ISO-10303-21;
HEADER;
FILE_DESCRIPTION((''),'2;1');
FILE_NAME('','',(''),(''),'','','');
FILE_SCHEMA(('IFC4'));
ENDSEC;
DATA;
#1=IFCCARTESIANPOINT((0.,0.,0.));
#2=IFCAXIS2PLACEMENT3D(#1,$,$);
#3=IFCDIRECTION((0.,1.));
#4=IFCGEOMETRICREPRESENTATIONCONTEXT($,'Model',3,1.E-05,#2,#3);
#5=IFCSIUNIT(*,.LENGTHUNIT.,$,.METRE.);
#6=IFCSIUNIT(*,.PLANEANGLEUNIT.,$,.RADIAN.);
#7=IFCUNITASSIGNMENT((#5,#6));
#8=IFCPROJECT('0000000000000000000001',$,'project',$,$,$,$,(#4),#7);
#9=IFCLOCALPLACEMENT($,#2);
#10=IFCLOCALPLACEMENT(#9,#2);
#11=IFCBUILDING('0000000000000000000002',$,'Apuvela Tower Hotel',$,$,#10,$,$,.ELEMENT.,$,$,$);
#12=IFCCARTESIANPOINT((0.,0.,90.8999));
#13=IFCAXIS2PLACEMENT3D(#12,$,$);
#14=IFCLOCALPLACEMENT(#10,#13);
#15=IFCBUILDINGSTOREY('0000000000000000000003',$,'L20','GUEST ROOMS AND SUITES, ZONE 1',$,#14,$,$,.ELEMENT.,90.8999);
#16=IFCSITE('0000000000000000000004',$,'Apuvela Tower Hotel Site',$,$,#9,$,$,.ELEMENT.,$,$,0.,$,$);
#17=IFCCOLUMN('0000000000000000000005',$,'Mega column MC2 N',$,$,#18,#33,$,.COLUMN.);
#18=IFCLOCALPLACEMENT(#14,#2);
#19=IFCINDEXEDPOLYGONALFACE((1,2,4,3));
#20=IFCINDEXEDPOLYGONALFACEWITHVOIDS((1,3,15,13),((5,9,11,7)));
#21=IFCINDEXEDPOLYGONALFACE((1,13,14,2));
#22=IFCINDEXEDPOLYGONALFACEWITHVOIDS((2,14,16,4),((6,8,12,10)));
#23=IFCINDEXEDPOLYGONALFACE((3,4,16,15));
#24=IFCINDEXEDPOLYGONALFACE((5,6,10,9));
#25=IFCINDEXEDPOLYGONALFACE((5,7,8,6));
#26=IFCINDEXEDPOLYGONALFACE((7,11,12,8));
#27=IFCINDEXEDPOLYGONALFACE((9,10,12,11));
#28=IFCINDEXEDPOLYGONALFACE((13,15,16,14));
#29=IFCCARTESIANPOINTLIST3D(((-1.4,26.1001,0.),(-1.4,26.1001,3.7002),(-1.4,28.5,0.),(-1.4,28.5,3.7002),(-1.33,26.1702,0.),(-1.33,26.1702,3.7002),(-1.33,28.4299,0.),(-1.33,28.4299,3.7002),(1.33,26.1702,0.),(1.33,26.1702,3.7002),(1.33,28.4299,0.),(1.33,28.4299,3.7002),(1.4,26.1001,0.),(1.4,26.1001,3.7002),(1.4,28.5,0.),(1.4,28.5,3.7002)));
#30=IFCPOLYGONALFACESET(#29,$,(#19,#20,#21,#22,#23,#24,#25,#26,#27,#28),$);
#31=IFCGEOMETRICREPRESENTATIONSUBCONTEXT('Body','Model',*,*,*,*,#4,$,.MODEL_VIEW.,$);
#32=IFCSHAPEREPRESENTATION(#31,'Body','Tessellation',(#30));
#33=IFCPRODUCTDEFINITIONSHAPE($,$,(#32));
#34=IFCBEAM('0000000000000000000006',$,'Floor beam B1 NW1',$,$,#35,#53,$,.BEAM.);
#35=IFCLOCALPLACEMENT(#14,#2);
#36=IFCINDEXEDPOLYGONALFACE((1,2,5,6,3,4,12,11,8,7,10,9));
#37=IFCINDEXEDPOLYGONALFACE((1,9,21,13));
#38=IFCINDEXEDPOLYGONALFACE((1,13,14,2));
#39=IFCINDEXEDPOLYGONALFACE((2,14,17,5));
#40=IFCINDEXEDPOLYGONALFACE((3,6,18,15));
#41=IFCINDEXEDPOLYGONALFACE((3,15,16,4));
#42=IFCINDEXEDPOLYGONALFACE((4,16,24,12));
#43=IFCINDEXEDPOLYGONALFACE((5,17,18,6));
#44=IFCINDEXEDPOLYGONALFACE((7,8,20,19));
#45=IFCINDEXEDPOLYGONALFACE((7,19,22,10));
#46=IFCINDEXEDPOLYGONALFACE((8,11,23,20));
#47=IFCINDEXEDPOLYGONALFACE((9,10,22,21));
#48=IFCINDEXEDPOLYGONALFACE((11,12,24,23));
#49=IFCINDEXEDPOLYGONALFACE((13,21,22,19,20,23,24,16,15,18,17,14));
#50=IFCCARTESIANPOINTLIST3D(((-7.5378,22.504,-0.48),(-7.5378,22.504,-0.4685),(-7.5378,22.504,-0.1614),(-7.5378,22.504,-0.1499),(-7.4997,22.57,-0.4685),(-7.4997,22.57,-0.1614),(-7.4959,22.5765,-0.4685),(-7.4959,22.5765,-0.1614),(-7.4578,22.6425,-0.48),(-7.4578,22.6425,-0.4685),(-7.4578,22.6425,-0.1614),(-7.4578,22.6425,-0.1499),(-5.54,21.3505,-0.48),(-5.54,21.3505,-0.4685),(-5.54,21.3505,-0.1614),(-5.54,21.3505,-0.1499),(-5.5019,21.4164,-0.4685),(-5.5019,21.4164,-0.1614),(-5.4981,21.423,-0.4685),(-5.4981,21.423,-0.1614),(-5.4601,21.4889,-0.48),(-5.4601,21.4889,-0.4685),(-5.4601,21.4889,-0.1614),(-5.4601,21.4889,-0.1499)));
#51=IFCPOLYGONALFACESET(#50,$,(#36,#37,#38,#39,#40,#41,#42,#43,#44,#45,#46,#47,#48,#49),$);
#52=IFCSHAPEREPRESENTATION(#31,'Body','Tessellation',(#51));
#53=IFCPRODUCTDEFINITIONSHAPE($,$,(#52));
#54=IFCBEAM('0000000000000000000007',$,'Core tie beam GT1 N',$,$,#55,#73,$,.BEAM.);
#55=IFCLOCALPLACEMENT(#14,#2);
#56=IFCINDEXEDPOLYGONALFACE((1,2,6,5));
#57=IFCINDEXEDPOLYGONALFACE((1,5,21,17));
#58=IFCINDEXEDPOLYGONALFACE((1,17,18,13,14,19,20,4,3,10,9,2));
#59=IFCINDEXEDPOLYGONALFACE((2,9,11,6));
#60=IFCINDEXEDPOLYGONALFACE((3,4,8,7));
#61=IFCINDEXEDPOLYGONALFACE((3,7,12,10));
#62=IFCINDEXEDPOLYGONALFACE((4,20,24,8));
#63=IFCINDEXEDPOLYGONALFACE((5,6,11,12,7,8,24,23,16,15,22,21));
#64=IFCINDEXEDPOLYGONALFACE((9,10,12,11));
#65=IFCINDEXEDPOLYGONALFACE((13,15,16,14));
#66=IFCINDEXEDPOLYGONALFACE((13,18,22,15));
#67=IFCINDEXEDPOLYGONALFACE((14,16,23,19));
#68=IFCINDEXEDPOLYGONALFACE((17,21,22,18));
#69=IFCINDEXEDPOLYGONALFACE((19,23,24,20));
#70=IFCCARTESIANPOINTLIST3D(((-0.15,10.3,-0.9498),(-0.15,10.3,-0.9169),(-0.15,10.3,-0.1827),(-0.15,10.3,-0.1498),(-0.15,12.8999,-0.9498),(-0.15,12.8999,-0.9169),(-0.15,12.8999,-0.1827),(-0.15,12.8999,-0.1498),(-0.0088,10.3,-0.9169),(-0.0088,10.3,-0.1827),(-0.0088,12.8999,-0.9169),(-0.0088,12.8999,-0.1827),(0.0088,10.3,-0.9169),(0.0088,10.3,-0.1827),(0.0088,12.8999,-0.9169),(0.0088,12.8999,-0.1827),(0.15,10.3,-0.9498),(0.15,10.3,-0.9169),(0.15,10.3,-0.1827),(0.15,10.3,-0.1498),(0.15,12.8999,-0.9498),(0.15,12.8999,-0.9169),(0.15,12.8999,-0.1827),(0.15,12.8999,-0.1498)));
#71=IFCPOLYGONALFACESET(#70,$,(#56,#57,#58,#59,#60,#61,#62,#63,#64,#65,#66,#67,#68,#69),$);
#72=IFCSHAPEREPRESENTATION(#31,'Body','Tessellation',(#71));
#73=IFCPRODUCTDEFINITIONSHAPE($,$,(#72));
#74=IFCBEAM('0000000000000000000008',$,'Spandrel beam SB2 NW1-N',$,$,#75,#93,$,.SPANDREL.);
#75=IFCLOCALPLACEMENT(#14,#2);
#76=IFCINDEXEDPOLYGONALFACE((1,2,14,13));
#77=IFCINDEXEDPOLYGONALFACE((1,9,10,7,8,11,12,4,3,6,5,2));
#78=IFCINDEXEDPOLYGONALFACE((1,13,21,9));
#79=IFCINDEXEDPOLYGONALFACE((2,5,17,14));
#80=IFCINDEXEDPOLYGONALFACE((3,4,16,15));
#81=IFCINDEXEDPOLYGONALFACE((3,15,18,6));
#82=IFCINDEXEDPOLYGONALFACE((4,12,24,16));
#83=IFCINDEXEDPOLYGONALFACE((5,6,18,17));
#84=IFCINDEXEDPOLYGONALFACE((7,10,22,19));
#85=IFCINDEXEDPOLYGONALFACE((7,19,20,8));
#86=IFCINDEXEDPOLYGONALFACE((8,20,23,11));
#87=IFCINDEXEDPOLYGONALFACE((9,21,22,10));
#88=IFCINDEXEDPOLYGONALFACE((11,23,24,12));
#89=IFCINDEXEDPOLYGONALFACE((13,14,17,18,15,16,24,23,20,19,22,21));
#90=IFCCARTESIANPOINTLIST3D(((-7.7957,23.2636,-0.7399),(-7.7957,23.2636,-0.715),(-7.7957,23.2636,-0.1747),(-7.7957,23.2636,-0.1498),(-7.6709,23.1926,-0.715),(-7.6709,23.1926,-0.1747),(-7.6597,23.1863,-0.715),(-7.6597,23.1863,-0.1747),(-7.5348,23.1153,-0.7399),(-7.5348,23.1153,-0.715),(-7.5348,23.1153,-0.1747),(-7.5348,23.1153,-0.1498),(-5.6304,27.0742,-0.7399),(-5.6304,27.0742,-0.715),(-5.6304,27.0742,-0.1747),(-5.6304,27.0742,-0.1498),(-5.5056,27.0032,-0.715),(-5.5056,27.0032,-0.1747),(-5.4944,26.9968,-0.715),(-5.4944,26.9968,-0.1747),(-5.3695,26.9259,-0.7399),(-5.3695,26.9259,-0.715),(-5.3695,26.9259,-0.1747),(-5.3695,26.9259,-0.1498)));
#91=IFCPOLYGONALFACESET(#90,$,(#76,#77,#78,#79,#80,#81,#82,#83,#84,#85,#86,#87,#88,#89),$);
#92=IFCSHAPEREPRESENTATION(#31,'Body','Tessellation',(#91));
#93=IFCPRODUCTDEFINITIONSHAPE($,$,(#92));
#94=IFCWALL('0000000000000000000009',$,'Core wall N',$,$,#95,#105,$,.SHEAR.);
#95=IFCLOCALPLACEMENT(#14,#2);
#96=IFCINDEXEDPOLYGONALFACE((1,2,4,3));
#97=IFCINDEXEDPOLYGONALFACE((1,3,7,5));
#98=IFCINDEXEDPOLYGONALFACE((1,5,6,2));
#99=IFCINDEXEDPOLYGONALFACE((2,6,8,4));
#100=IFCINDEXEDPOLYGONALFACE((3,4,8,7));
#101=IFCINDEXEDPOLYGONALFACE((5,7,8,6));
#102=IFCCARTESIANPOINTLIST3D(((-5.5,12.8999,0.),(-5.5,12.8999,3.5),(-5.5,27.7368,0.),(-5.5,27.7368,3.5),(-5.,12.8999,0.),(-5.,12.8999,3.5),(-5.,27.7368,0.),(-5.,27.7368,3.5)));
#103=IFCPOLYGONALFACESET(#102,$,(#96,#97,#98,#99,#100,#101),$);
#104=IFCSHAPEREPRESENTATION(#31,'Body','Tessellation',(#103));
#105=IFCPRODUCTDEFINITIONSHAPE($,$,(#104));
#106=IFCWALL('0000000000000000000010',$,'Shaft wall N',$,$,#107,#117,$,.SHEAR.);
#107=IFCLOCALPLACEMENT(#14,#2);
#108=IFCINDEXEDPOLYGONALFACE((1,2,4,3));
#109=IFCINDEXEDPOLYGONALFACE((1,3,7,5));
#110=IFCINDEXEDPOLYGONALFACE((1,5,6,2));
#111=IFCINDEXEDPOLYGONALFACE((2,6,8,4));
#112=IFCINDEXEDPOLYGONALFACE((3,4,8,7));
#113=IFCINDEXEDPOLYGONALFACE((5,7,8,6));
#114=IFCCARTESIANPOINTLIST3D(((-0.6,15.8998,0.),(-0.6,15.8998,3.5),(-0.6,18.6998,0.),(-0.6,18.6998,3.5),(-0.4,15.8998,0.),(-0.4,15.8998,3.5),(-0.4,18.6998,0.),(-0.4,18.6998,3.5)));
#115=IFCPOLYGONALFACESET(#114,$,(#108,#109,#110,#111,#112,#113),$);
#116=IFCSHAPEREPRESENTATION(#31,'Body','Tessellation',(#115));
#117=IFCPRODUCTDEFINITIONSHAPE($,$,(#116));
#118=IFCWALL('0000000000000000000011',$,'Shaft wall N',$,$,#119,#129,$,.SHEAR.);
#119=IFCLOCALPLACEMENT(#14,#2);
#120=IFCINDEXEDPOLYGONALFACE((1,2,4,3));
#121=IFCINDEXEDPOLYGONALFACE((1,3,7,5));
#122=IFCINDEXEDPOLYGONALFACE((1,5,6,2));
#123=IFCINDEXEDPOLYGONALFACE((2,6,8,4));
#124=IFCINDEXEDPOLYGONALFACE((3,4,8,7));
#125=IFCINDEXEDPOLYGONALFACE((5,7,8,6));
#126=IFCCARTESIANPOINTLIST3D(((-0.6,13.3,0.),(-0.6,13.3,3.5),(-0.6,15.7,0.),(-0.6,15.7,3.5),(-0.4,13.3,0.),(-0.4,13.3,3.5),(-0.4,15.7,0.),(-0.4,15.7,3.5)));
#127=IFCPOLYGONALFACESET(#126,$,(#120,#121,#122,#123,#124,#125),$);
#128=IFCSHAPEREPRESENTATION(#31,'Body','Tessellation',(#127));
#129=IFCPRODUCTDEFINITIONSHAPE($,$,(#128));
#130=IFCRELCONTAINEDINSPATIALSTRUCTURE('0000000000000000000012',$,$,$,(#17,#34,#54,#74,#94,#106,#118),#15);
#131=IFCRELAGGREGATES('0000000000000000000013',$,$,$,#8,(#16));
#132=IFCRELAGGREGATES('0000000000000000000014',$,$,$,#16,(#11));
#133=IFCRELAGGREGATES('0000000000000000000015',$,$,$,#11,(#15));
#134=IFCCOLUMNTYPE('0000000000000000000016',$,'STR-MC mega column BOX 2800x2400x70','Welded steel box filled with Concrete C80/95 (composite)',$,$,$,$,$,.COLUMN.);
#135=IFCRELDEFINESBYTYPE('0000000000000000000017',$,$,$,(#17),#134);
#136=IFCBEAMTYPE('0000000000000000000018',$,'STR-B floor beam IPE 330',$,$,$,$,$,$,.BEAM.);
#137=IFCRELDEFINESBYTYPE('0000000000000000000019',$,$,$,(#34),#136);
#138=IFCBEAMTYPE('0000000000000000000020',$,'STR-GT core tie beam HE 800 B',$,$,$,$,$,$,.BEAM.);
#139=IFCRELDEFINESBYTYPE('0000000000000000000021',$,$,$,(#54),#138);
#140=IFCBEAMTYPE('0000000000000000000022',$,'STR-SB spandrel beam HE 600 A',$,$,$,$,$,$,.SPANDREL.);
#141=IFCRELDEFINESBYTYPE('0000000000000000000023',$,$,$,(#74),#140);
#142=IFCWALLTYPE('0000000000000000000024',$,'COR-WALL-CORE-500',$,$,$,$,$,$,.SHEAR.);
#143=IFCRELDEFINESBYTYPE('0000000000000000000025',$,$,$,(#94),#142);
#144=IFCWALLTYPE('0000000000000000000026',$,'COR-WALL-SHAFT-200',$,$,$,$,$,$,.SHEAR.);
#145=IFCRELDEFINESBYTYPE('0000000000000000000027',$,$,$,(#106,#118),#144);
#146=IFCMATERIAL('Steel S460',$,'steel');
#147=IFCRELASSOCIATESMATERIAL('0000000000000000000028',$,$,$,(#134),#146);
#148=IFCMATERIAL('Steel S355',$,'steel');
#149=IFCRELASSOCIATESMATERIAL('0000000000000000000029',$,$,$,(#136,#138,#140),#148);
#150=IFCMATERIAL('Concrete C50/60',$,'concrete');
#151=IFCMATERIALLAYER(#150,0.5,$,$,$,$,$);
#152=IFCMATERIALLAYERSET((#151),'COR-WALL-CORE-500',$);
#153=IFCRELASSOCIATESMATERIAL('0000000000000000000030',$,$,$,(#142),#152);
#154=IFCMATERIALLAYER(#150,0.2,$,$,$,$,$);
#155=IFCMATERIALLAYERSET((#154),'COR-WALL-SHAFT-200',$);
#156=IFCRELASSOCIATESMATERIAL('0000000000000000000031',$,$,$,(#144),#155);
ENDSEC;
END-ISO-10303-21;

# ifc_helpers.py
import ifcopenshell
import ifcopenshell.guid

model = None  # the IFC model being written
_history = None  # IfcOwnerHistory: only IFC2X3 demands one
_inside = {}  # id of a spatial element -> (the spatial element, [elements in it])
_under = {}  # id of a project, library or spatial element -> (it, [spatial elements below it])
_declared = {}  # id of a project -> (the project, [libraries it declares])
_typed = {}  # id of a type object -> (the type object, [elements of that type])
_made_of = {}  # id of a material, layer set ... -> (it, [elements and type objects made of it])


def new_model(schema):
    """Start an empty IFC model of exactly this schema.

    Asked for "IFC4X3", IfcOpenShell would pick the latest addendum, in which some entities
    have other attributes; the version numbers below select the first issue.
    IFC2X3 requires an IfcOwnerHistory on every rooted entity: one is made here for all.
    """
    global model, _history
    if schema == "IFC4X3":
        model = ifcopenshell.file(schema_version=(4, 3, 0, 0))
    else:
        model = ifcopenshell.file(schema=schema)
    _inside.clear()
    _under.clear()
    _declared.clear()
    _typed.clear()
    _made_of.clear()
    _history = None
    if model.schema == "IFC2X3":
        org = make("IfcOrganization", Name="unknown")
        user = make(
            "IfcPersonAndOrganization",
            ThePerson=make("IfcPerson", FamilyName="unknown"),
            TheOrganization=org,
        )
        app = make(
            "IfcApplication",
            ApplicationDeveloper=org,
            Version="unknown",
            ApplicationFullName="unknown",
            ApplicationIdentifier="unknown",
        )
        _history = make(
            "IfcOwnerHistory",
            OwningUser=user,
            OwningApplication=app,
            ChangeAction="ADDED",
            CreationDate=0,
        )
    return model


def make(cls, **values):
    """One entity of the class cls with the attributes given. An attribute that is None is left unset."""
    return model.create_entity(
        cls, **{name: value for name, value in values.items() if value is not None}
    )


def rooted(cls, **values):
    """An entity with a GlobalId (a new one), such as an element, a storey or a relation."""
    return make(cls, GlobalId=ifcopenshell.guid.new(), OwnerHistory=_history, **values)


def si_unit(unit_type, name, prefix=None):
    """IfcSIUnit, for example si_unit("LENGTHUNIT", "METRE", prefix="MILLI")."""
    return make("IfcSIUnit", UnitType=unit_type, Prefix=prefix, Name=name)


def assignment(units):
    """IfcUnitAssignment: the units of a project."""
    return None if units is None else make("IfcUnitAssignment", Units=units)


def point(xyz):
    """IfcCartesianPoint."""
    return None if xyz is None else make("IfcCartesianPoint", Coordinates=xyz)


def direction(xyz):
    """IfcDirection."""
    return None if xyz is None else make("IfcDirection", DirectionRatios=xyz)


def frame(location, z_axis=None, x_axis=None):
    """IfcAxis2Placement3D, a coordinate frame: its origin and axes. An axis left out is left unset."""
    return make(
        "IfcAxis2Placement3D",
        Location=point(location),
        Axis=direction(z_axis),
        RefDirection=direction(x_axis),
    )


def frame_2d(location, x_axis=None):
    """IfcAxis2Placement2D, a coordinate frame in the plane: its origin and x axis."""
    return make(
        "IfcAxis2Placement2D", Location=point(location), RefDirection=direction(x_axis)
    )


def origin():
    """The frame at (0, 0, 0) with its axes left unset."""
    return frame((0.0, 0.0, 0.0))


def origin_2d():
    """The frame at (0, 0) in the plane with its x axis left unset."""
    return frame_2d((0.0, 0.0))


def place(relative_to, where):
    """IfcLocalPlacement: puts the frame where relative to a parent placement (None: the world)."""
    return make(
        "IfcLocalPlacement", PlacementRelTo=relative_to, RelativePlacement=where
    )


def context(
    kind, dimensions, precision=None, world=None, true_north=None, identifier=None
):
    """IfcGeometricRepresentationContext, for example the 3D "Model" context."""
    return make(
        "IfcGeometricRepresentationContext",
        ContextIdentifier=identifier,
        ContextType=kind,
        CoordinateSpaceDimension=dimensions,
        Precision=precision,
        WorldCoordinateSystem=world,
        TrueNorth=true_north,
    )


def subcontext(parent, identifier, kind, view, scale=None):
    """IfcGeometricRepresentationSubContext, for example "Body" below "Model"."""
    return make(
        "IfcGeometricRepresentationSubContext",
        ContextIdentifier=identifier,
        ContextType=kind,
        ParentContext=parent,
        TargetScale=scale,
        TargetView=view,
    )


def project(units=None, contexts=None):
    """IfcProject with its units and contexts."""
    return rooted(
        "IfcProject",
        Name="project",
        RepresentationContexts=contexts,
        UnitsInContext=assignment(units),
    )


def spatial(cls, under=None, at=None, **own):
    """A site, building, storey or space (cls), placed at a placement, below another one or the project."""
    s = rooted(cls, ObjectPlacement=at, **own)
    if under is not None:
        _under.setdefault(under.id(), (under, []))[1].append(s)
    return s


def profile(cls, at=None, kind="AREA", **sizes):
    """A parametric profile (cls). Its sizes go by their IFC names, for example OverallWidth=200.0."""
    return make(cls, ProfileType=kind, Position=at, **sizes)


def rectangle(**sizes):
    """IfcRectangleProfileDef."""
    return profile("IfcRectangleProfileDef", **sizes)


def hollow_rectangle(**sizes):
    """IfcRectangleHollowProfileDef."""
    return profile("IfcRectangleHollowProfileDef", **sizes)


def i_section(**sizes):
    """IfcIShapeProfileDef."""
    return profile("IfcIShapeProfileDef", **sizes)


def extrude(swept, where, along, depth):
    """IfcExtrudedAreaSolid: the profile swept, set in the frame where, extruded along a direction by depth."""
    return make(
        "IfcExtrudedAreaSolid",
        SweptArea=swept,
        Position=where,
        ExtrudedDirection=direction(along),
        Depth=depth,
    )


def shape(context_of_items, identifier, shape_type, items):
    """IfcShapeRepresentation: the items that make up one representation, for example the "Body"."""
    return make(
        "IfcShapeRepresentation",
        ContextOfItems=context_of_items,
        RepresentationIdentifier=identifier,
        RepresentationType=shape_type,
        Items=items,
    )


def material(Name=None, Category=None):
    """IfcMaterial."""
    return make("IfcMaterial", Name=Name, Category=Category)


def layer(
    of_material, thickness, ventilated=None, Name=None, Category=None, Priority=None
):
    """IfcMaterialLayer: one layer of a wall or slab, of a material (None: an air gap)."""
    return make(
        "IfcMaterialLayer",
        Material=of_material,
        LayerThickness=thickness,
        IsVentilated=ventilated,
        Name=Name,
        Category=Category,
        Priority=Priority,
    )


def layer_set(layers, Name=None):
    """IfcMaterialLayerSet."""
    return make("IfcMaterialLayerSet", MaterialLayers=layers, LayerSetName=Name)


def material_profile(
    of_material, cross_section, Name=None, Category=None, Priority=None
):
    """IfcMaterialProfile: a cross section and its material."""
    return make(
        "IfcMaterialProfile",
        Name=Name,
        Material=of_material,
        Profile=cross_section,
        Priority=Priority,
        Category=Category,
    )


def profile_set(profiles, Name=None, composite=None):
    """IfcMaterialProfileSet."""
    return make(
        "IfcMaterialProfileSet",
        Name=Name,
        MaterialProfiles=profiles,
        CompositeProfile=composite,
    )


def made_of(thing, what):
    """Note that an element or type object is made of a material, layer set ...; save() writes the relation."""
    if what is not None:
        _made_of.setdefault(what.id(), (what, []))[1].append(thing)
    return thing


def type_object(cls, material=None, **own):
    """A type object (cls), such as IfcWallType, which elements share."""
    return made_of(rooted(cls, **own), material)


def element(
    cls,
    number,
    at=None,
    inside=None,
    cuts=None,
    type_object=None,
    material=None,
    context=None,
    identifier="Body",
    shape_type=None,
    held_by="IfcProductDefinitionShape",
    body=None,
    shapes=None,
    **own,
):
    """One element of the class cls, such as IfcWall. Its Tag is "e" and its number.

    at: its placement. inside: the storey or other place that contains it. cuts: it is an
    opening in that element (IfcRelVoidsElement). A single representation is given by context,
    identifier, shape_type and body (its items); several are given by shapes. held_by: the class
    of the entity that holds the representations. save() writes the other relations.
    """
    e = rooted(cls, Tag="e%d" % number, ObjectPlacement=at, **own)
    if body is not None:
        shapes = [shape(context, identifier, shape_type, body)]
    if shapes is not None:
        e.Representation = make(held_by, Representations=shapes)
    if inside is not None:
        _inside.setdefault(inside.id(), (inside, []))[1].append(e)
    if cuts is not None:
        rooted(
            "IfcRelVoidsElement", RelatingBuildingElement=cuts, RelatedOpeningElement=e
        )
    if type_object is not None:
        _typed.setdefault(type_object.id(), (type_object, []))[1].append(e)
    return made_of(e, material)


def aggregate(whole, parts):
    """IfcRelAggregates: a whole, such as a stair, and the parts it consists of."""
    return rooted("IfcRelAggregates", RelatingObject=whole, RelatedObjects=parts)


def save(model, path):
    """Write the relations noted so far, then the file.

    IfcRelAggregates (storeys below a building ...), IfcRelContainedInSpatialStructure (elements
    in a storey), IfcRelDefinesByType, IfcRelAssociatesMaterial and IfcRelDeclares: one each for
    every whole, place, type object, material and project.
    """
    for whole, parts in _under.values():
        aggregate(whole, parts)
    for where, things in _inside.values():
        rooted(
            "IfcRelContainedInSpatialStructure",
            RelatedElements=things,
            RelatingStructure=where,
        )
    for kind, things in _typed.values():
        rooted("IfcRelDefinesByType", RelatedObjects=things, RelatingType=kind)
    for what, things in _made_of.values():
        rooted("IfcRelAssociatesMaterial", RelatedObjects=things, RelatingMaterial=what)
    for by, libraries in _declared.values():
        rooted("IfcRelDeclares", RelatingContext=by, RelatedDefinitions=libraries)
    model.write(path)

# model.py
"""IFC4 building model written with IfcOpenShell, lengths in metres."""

from ifc_helpers import new_model, si_unit, direction, frame, frame_2d, origin, origin_2d, place, context, subcontext, project, spatial, rectangle, hollow_rectangle, i_section, extrude, material, layer, layer_set, material_profile, profile_set, type_object, element, save


model = new_model("IFC4")

# Units and contexts
model_context = context("Model", 3, precision=1e-05, world=origin(), true_north=direction((0.0, 1.0)))
body_context = subcontext(model_context, "Body", "Model", "MODEL_VIEW")
ifc_project = project(units=[si_unit("LENGTHUNIT", "METRE"), si_unit("PLANEANGLEUNIT", "RADIAN")], contexts=[model_context])

# Site, building, storey
site_placement = place(None, origin())
site = spatial("IfcSite", under=ifc_project, at=site_placement, Name="Apuvela Tower Hotel Site", CompositionType="ELEMENT", RefElevation=0.0)
building_placement = place(site_placement, origin())
building = spatial("IfcBuilding", under=site, at=building_placement, Name="Apuvela Tower Hotel", CompositionType="ELEMENT")
storey_placement = place(building_placement, frame((0.0, 0.0, 90.8999)))
storey = spatial("IfcBuildingStorey", under=building, at=storey_placement, Name="L20", Description="GUEST ROOMS AND SUITES, ZONE 1", CompositionType="ELEMENT", Elevation=90.8999)

# Column
ifc_material_1 = material(Name="Steel S460", Category="steel")
ifc_material_profile_1 = material_profile(ifc_material_1, hollow_rectangle(XDim=2.8, YDim=2.3999, WallThickness=0.0701, at=origin_2d()), Name="BOX 2800x2400x70")
ifc_material_2 = material(Name="Concrete C80/95", Category="concrete")
ifc_material_profile_2 = material_profile(ifc_material_2, rectangle(XDim=2.6599, YDim=2.26, at=origin_2d()), Name="Concrete C80/95 infill")
ifc_profile_set_1 = profile_set([ifc_material_profile_1, ifc_material_profile_2], Name="Steel S460")
column_type = type_object("IfcColumnType", Name="STR-MC mega column BOX 2800x2400x70", Description="Welded steel box filled with Concrete C80/95 (composite)", PredefinedType="COLUMN", material=ifc_profile_set_1)
column_placement = place(storey_placement, frame((0.0, 27.3, 0.0), z_axis=(0.0, 0.0, 1.0), x_axis=(1.0, 0.0, 0.0)))
element("IfcColumn", 1, at=column_placement, inside=storey, type_object=column_type, Name="Mega column MC2 N", PredefinedType="COLUMN", context=body_context, shape_type="SweptSolid", body=[
    extrude(hollow_rectangle(XDim=2.8, YDim=2.3999, WallThickness=0.0701, at=origin_2d()), origin(), (0.0, 0.0, 1.0), 3.7002),
])

# Beams
ifc_material_3 = material(Name="Steel S355", Category="steel")
ifc_material_profile_3 = material_profile(ifc_material_3, i_section(OverallWidth=0.1599, OverallDepth=0.3301, WebThickness=0.0076, FlangeThickness=0.0115, at=origin_2d()), Name="IPE 330")
ifc_profile_set_2 = profile_set([ifc_material_profile_3], Name="Steel S355")
beam_type_1 = type_object("IfcBeamType", Name="STR-B floor beam IPE 330", PredefinedType="BEAM", material=ifc_profile_set_2)
beam_1_placement = place(storey_placement, frame((-7.4978, 22.5732, -0.3149), z_axis=(0.866001, -0.500043, 0.0), x_axis=(0.500043, 0.866001, 0.0)))
element("IfcBeam", 2, at=beam_1_placement, inside=storey, type_object=beam_type_1, Name="Floor beam B1 NW1", PredefinedType="BEAM", context=body_context, shape_type="SweptSolid", body=[
    extrude(i_section(OverallWidth=0.1599, OverallDepth=0.3301, WebThickness=0.0076, FlangeThickness=0.0115, at=origin_2d()), origin(), (0.0, 0.0, 1.0), 2.3069),
])
ifc_material_profile_4 = material_profile(ifc_material_3, i_section(OverallWidth=0.3, OverallDepth=0.8, WebThickness=0.0176, FlangeThickness=0.033, at=origin_2d()), Name="HE 800 B")
ifc_profile_set_3 = profile_set([ifc_material_profile_4], Name="Steel S355")
beam_type_2 = type_object("IfcBeamType", Name="STR-GT core tie beam HE 800 B", PredefinedType="BEAM", material=ifc_profile_set_3)
beam_2_placement = place(storey_placement, frame((0.0, 12.8999, -0.5498), z_axis=(0.0, -1.0, 0.0), x_axis=(1.0, 0.0, 0.0)))
element("IfcBeam", 3, at=beam_2_placement, inside=storey, type_object=beam_type_2, Name="Core tie beam GT1 N", PredefinedType="BEAM", context=body_context, shape_type="SweptSolid", body=[
    extrude(i_section(OverallWidth=0.3, OverallDepth=0.8, WebThickness=0.0176, FlangeThickness=0.033, at=origin_2d()), origin(), (0.0, 0.0, 1.0), 2.5999),
])
ifc_material_profile_5 = material_profile(ifc_material_3, i_section(OverallWidth=0.3, OverallDepth=0.5901, WebThickness=0.0129, FlangeThickness=0.0249, at=origin_2d()), Name="HE 600 A")
ifc_profile_set_4 = profile_set([ifc_material_profile_5], Name="Steel S355")
beam_type_3 = type_object("IfcBeamType", Name="STR-SB spandrel beam HE 600 A", PredefinedType="SPANDREL", material=ifc_profile_set_4)
beam_3_placement = place(storey_placement, frame((-7.6653, 23.1895, -0.4448), z_axis=(0.494044, 0.869437, 0.0), x_axis=(-0.869437, 0.494044, 0.0)))
element("IfcBeam", 4, at=beam_3_placement, inside=storey, type_object=beam_type_3, Name="Spandrel beam SB2 NW1-N", PredefinedType="SPANDREL", context=body_context, shape_type="SweptSolid", body=[
    extrude(i_section(OverallWidth=0.3, OverallDepth=0.5901, WebThickness=0.0129, FlangeThickness=0.0249, at=origin_2d()), origin(), (0.0, 0.0, 1.0), 4.3828),
])

# Walls
ifc_material_4 = material(Name="Concrete C50/60", Category="concrete")
ifc_layer_1 = layer(ifc_material_4, 0.5)
ifc_layer_set_1 = layer_set([ifc_layer_1], Name="COR-WALL-CORE-500")
wall_type_1 = type_object("IfcWallType", Name="COR-WALL-CORE-500", PredefinedType="SHEAR", material=ifc_layer_set_1)
wall_1_placement = place(storey_placement, frame((-5.25, 12.8999, 0.0), z_axis=(0.0, 0.0, 1.0), x_axis=(0.0, 1.0, 0.0)))
element("IfcWall", 5, at=wall_1_placement, inside=storey, type_object=wall_type_1, Name="Core wall N", PredefinedType="SHEAR", context=body_context, shape_type="SweptSolid", body=[
    extrude(rectangle(XDim=14.8369, YDim=0.5, at=frame_2d((7.4185, 0.0))), origin(), (0.0, 0.0, 1.0), 3.5),
])
ifc_layer_2 = layer(ifc_material_4, 0.2)
ifc_layer_set_2 = layer_set([ifc_layer_2], Name="COR-WALL-SHAFT-200")
wall_type_2 = type_object("IfcWallType", Name="COR-WALL-SHAFT-200", PredefinedType="SHEAR", material=ifc_layer_set_2)
wall_2_placement = place(storey_placement, frame((-0.5, 15.8999, 0.0), z_axis=(0.0, 0.0, 1.0), x_axis=(0.0, 1.0, 0.0)))
element("IfcWall", 6, at=wall_2_placement, inside=storey, type_object=wall_type_2, Name="Shaft wall N", PredefinedType="SHEAR", context=body_context, shape_type="SweptSolid", body=[
    extrude(rectangle(XDim=2.8, YDim=0.2, at=frame_2d((1.3999, 0.0))), origin(), (0.0, 0.0, 1.0), 3.5),
])
wall_3_placement = place(storey_placement, frame((-0.5, 13.3, 0.0), z_axis=(0.0, 0.0, 1.0), x_axis=(0.0, 1.0, 0.0)))
element("IfcWall", 7, at=wall_3_placement, inside=storey, type_object=wall_type_2, Name="Shaft wall N", PredefinedType="SHEAR", context=body_context, shape_type="SweptSolid", body=[
    extrude(rectangle(XDim=2.3999, YDim=0.2, at=frame_2d((1.2, 0.0))), origin(), (0.0, 0.0, 1.0), 3.5),
])

save(model, "model.ifc")
